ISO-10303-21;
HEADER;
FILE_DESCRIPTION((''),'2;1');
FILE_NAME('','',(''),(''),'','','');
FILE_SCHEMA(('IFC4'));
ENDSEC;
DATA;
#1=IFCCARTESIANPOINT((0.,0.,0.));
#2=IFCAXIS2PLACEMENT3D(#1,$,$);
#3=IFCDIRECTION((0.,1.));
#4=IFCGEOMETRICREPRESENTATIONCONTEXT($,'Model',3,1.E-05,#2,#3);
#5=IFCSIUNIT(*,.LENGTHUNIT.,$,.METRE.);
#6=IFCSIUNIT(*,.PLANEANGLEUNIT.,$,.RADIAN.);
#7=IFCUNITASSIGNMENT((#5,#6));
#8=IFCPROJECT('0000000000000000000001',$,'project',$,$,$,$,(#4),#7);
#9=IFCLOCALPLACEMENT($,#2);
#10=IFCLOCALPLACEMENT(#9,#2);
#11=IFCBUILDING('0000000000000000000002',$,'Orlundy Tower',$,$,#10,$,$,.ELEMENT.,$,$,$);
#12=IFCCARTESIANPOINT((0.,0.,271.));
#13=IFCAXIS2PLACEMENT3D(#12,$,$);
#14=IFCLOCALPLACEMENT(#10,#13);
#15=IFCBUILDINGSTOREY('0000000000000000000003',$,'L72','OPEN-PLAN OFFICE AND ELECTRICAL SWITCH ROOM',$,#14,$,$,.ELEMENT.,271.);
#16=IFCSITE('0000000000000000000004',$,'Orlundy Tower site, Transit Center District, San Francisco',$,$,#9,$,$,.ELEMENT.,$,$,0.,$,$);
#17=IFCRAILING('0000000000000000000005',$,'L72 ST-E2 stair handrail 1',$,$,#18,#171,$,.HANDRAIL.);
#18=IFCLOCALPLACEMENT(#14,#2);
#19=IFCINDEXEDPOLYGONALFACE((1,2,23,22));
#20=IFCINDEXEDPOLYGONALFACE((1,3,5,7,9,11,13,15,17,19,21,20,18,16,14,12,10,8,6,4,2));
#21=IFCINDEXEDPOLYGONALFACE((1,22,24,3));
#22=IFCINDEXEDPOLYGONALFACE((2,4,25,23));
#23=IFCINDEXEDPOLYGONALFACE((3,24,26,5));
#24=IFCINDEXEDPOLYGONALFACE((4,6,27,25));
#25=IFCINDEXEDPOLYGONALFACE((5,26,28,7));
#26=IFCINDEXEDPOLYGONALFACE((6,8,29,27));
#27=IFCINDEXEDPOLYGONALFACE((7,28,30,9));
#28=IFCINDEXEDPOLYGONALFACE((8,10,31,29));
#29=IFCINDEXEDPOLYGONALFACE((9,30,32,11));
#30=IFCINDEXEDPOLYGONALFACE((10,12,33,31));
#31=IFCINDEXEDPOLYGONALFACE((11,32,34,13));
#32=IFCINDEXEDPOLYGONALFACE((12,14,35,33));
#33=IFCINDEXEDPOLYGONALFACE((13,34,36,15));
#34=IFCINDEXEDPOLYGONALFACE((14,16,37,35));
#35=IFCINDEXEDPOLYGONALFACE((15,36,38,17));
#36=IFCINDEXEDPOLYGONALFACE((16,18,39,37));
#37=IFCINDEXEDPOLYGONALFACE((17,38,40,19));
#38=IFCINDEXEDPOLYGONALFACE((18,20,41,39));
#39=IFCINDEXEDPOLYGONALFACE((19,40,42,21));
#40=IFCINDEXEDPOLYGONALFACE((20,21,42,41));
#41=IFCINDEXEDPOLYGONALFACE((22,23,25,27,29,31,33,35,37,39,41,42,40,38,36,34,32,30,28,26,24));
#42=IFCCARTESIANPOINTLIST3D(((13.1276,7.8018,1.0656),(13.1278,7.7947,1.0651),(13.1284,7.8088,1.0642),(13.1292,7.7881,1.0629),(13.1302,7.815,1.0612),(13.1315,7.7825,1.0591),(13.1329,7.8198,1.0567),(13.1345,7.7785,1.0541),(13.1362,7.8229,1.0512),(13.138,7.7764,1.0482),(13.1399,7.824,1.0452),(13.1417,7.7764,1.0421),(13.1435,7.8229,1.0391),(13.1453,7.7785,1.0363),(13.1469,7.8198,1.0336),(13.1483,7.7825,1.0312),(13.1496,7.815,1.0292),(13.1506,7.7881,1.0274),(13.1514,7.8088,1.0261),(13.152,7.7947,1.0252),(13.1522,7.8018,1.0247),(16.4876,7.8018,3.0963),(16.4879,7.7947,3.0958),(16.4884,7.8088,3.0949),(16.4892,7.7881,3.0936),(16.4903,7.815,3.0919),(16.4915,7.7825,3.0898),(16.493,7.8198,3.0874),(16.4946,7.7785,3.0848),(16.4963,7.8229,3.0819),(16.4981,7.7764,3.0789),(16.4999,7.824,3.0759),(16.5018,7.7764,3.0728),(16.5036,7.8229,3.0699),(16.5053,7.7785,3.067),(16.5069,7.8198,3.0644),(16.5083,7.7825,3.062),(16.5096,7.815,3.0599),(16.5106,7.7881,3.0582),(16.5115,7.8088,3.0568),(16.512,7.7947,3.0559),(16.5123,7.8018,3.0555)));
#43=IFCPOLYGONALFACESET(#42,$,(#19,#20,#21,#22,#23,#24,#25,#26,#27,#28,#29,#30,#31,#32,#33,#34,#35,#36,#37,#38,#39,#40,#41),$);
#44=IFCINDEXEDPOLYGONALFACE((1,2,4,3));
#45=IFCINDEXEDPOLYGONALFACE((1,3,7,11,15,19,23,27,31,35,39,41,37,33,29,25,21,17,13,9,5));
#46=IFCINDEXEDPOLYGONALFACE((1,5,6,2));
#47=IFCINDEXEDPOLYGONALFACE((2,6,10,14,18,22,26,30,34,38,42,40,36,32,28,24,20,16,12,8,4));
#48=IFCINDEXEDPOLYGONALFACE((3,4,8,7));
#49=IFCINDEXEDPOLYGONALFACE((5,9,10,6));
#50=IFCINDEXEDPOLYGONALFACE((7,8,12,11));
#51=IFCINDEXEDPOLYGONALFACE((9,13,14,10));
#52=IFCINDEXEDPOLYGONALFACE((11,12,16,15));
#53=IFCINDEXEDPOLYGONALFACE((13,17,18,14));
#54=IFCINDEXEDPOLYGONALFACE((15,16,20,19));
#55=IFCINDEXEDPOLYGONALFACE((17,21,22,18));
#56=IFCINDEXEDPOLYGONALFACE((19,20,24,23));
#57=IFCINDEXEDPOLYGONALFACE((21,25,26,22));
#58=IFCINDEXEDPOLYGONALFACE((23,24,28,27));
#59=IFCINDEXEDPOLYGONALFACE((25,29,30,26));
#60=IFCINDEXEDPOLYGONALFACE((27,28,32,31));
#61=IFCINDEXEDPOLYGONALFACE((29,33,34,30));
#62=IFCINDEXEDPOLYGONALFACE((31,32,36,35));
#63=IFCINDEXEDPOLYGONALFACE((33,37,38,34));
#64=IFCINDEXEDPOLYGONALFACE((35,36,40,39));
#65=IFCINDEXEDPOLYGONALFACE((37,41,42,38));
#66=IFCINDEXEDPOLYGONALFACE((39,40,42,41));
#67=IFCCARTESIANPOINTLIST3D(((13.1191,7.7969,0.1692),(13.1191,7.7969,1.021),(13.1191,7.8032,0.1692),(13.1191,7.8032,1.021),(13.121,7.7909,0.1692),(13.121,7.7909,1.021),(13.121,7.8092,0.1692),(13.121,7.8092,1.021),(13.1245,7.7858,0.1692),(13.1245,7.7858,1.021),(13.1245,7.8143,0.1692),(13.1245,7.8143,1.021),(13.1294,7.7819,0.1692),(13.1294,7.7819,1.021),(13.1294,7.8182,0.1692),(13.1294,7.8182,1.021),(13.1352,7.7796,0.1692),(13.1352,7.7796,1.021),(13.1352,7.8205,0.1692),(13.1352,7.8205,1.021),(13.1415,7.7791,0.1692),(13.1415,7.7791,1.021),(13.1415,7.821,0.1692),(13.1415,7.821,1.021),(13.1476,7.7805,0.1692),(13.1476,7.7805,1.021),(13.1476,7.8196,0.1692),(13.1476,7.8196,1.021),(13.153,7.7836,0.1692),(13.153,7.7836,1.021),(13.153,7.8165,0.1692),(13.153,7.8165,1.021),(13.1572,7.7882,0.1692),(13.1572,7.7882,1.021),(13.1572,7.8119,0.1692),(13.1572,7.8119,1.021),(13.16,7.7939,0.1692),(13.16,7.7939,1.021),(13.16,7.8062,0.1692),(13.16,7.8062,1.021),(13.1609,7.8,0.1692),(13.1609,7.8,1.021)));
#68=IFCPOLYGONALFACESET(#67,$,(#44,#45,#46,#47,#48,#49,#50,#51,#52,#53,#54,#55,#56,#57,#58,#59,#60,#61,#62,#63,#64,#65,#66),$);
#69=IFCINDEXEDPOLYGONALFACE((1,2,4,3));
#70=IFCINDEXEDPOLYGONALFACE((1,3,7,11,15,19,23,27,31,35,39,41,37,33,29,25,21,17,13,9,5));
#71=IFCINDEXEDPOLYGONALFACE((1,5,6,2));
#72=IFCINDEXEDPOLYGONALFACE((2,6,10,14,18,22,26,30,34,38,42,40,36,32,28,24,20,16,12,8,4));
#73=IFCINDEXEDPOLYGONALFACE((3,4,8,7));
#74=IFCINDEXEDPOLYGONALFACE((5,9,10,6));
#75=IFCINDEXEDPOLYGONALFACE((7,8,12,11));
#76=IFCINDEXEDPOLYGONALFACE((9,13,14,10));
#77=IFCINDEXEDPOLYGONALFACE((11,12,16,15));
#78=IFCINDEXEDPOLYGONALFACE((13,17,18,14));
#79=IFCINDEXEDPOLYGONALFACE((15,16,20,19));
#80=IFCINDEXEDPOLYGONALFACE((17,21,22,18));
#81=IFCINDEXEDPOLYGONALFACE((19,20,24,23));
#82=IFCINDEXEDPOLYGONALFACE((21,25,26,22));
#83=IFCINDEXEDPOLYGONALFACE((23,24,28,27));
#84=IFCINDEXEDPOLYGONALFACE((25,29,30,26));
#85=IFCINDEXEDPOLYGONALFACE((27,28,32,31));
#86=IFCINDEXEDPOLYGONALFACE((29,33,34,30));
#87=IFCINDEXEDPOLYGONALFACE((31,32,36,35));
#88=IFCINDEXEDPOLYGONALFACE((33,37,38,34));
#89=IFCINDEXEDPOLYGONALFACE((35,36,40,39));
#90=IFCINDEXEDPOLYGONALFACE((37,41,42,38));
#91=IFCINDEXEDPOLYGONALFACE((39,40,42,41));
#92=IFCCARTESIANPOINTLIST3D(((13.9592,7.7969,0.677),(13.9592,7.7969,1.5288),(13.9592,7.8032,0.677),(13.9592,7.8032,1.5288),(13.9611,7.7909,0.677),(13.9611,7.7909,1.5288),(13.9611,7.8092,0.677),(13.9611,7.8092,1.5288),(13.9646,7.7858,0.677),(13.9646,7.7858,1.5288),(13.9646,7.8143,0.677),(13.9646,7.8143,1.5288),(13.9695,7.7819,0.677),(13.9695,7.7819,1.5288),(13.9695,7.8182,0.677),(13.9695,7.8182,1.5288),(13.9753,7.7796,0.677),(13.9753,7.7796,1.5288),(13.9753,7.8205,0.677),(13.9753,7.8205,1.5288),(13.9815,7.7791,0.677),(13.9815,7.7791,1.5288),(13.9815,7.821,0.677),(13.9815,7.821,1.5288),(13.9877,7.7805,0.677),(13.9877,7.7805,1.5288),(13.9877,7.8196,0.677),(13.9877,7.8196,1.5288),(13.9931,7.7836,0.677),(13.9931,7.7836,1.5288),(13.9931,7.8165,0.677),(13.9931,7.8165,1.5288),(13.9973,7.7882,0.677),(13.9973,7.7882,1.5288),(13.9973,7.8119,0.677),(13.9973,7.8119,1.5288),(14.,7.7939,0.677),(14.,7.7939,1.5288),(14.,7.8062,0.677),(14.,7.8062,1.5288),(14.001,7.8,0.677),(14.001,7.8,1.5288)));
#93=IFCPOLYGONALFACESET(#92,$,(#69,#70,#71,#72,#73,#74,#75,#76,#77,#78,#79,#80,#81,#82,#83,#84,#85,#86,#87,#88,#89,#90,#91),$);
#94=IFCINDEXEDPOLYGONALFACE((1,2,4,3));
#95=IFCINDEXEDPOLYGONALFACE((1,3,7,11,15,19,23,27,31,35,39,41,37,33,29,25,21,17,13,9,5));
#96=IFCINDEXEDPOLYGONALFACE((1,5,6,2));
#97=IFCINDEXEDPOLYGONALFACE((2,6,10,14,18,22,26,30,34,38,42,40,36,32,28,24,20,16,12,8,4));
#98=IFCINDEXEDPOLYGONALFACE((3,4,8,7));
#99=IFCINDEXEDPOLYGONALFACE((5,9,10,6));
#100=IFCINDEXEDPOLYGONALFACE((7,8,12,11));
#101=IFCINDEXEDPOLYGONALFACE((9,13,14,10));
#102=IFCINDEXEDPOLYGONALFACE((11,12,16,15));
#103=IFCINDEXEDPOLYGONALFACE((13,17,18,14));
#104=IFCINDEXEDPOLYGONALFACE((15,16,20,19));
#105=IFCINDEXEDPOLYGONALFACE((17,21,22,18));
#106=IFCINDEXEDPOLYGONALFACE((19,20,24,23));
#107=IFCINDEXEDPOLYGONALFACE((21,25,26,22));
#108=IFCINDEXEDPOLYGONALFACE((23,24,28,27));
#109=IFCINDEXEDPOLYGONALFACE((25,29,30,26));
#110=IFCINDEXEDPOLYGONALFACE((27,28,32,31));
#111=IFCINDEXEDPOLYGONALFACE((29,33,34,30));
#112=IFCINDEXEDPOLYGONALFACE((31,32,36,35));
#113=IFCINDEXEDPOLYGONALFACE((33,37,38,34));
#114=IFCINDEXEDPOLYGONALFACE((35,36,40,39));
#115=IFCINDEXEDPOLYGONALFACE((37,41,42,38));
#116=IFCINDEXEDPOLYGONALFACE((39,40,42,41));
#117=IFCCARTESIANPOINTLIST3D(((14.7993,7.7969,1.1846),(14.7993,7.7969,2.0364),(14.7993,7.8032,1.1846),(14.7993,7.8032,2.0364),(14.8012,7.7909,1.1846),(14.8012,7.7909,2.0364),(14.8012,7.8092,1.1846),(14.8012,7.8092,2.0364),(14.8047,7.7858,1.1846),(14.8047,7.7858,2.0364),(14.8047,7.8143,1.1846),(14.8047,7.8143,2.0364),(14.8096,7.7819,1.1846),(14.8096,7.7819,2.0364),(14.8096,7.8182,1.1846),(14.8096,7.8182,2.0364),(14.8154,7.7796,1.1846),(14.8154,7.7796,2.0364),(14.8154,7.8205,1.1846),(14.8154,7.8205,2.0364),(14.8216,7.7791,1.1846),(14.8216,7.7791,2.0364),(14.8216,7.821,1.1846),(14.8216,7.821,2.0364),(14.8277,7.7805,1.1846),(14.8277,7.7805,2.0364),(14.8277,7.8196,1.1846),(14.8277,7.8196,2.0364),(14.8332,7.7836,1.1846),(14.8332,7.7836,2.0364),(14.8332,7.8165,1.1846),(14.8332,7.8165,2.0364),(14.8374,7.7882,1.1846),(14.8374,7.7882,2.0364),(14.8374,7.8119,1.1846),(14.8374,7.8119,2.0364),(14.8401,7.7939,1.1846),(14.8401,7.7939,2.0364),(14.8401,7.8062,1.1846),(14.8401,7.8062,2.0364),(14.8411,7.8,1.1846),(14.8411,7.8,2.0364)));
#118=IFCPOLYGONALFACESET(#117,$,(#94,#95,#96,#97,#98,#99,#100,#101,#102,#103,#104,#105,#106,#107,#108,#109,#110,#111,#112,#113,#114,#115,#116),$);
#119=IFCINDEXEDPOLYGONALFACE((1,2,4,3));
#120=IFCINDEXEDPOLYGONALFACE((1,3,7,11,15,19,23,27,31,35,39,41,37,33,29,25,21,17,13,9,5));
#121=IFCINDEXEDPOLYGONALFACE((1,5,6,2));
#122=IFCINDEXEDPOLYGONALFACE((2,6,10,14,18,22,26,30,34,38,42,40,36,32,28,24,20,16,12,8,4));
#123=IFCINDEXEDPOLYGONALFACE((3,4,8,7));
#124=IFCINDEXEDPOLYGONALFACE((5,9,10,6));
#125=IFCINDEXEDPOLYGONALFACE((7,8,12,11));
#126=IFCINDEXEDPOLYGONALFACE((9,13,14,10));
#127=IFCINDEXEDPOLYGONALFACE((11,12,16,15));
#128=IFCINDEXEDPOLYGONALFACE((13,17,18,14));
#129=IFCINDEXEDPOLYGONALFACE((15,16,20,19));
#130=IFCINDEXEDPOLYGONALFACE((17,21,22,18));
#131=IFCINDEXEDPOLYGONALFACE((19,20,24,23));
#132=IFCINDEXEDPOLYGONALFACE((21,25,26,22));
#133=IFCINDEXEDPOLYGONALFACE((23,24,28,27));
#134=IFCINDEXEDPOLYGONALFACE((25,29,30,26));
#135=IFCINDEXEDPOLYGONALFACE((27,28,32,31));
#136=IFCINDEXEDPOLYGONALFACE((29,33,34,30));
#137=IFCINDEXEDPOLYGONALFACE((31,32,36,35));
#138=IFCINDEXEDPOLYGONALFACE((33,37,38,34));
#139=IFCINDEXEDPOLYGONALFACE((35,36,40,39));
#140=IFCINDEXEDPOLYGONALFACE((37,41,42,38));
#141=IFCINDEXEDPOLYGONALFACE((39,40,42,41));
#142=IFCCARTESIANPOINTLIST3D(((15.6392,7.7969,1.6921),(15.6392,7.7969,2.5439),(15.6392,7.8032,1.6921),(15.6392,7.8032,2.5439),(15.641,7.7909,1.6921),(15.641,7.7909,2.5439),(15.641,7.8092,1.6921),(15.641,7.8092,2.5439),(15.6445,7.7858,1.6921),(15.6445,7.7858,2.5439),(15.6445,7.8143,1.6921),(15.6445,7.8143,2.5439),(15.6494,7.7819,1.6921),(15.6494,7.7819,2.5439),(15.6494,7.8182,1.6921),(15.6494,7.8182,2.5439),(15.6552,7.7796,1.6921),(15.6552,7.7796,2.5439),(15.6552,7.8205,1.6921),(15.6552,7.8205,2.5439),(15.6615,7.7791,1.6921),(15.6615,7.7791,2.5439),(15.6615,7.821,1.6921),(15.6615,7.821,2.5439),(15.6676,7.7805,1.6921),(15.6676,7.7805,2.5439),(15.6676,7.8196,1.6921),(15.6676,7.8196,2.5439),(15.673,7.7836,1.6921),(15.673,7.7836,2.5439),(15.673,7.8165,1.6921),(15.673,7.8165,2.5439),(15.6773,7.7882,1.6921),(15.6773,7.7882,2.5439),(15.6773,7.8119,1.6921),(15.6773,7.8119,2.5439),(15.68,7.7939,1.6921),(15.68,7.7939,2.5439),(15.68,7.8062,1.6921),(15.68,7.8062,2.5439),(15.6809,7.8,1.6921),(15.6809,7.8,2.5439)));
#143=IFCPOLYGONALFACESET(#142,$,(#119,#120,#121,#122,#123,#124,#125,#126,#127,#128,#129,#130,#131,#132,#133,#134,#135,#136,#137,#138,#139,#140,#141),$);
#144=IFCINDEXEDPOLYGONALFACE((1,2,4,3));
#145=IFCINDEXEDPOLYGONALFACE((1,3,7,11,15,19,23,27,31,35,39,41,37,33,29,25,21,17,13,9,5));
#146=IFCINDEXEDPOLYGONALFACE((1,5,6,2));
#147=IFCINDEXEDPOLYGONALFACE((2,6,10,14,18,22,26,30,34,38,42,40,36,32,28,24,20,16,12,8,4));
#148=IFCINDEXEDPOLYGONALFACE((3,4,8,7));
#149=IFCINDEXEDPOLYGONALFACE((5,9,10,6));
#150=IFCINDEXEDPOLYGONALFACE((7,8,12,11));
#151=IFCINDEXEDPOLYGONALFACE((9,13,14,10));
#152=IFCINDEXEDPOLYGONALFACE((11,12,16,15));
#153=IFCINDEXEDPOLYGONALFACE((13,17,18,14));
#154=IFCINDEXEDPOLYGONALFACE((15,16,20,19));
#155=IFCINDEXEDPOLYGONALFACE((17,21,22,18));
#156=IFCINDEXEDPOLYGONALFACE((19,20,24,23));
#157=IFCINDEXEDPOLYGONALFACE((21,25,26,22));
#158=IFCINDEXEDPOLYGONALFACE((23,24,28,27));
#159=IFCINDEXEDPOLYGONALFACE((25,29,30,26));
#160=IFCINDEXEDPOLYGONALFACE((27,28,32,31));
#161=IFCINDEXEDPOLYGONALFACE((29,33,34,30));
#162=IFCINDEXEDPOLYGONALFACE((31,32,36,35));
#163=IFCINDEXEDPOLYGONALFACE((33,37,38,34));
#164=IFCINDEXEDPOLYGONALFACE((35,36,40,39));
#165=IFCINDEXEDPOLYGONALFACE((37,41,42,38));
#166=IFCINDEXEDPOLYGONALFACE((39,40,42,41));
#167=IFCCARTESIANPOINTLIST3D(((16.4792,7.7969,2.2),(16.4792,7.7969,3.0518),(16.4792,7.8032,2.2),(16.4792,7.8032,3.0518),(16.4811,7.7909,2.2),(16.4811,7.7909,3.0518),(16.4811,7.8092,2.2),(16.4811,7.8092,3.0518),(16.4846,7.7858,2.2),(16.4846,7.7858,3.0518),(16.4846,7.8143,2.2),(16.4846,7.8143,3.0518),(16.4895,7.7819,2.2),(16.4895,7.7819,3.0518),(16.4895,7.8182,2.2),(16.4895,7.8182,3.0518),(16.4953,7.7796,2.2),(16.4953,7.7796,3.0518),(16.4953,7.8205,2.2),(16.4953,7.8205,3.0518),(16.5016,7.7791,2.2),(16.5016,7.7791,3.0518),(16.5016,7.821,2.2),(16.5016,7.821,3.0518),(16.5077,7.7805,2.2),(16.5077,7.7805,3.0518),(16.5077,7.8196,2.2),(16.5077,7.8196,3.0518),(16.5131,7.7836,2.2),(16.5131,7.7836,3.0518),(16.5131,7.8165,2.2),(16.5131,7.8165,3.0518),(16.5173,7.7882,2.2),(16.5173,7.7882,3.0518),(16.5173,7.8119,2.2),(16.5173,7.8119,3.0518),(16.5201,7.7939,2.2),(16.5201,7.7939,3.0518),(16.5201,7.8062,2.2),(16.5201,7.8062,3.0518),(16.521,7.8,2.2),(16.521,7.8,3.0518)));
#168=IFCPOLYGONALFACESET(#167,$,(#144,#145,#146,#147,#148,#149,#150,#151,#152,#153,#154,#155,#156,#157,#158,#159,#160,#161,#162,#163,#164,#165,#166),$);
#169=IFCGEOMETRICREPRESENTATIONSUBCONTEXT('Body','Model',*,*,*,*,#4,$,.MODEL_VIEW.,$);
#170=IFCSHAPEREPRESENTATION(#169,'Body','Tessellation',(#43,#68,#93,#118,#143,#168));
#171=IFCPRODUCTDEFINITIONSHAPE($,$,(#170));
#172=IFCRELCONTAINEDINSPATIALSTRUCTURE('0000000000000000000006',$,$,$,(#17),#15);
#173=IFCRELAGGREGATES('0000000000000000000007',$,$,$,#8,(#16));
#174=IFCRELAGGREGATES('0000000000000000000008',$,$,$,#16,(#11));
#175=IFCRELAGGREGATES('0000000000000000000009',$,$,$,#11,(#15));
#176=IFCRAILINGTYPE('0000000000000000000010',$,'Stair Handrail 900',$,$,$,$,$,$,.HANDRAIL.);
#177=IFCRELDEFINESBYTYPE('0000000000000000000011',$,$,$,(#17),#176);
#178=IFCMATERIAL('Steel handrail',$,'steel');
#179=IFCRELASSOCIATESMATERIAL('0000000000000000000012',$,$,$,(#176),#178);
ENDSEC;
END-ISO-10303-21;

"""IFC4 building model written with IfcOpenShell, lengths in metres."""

from ifc_helpers import new_model, si_unit, direction, frame, origin, origin_2d, place, context, subcontext, project, spatial, circle, extrude, material, type_object, element, save


model = new_model("IFC4")

# Units and contexts
model_context = context("Model", 3, precision=1e-05, world=origin(), true_north=direction((0.0, 1.0)))
body_context = subcontext(model_context, "Body", "Model", "MODEL_VIEW")
ifc_project = project(units=[si_unit("LENGTHUNIT", "METRE"), si_unit("PLANEANGLEUNIT", "RADIAN")], contexts=[model_context])

# Site, building, storey
site_placement = place(None, origin())
site = spatial("IfcSite", under=ifc_project, at=site_placement, Name="Orlundy Tower site, Transit Center District, San Francisco", CompositionType="ELEMENT", RefElevation=0.0)
building_placement = place(site_placement, origin())
building = spatial("IfcBuilding", under=site, at=building_placement, Name="Orlundy Tower", CompositionType="ELEMENT")
storey_placement = place(building_placement, frame((0.0, 0.0, 271.0)))
storey = spatial("IfcBuildingStorey", under=building, at=storey_placement, Name="L72", Description="OPEN-PLAN OFFICE AND ELECTRICAL SWITCH ROOM", CompositionType="ELEMENT", Elevation=271.0)

# Railing
ifc_material_1 = material(Name="Steel handrail", Category="steel")
railing_type = type_object("IfcRailingType", Name="Stair Handrail 900", PredefinedType="HANDRAIL", material=ifc_material_1)
railing_placement = place(storey_placement, frame((13.1399, 7.8, 0.1692)))
element("IfcRailing", 1, at=railing_placement, inside=storey, type_object=railing_type, Name="L72 ST-E2 stair handrail 1", PredefinedType="HANDRAIL", context=body_context, shape_type="SweptSolid", body=[
    extrude(circle(Radius=0.0239, at=origin_2d()), frame((0.0, 0.0, 0.876), z_axis=(0.855837, 0.0, 0.517246), x_axis=(0.0, 1.0, 0.0)), (0.0, 0.0, 1.0), 3.926),
    extrude(circle(Radius=0.021, at=origin_2d()), origin(), (0.0, 0.0, 1.0), 0.8518),
    extrude(circle(Radius=0.021, at=origin_2d()), frame((0.8401, 0.0, 0.5078)), (0.0, 0.0, 1.0), 0.8518),
    extrude(circle(Radius=0.021, at=origin_2d()), frame((1.6802, 0.0, 1.0154)), (0.0, 0.0, 1.0), 0.8518),
    extrude(circle(Radius=0.021, at=origin_2d()), frame((2.52, 0.0, 1.5229)), (0.0, 0.0, 1.0), 0.8518),
    extrude(circle(Radius=0.021, at=origin_2d()), frame((3.3601, 0.0, 2.0308)), (0.0, 0.0, 1.0), 0.8518),
])

save(model, "model.ifc")
